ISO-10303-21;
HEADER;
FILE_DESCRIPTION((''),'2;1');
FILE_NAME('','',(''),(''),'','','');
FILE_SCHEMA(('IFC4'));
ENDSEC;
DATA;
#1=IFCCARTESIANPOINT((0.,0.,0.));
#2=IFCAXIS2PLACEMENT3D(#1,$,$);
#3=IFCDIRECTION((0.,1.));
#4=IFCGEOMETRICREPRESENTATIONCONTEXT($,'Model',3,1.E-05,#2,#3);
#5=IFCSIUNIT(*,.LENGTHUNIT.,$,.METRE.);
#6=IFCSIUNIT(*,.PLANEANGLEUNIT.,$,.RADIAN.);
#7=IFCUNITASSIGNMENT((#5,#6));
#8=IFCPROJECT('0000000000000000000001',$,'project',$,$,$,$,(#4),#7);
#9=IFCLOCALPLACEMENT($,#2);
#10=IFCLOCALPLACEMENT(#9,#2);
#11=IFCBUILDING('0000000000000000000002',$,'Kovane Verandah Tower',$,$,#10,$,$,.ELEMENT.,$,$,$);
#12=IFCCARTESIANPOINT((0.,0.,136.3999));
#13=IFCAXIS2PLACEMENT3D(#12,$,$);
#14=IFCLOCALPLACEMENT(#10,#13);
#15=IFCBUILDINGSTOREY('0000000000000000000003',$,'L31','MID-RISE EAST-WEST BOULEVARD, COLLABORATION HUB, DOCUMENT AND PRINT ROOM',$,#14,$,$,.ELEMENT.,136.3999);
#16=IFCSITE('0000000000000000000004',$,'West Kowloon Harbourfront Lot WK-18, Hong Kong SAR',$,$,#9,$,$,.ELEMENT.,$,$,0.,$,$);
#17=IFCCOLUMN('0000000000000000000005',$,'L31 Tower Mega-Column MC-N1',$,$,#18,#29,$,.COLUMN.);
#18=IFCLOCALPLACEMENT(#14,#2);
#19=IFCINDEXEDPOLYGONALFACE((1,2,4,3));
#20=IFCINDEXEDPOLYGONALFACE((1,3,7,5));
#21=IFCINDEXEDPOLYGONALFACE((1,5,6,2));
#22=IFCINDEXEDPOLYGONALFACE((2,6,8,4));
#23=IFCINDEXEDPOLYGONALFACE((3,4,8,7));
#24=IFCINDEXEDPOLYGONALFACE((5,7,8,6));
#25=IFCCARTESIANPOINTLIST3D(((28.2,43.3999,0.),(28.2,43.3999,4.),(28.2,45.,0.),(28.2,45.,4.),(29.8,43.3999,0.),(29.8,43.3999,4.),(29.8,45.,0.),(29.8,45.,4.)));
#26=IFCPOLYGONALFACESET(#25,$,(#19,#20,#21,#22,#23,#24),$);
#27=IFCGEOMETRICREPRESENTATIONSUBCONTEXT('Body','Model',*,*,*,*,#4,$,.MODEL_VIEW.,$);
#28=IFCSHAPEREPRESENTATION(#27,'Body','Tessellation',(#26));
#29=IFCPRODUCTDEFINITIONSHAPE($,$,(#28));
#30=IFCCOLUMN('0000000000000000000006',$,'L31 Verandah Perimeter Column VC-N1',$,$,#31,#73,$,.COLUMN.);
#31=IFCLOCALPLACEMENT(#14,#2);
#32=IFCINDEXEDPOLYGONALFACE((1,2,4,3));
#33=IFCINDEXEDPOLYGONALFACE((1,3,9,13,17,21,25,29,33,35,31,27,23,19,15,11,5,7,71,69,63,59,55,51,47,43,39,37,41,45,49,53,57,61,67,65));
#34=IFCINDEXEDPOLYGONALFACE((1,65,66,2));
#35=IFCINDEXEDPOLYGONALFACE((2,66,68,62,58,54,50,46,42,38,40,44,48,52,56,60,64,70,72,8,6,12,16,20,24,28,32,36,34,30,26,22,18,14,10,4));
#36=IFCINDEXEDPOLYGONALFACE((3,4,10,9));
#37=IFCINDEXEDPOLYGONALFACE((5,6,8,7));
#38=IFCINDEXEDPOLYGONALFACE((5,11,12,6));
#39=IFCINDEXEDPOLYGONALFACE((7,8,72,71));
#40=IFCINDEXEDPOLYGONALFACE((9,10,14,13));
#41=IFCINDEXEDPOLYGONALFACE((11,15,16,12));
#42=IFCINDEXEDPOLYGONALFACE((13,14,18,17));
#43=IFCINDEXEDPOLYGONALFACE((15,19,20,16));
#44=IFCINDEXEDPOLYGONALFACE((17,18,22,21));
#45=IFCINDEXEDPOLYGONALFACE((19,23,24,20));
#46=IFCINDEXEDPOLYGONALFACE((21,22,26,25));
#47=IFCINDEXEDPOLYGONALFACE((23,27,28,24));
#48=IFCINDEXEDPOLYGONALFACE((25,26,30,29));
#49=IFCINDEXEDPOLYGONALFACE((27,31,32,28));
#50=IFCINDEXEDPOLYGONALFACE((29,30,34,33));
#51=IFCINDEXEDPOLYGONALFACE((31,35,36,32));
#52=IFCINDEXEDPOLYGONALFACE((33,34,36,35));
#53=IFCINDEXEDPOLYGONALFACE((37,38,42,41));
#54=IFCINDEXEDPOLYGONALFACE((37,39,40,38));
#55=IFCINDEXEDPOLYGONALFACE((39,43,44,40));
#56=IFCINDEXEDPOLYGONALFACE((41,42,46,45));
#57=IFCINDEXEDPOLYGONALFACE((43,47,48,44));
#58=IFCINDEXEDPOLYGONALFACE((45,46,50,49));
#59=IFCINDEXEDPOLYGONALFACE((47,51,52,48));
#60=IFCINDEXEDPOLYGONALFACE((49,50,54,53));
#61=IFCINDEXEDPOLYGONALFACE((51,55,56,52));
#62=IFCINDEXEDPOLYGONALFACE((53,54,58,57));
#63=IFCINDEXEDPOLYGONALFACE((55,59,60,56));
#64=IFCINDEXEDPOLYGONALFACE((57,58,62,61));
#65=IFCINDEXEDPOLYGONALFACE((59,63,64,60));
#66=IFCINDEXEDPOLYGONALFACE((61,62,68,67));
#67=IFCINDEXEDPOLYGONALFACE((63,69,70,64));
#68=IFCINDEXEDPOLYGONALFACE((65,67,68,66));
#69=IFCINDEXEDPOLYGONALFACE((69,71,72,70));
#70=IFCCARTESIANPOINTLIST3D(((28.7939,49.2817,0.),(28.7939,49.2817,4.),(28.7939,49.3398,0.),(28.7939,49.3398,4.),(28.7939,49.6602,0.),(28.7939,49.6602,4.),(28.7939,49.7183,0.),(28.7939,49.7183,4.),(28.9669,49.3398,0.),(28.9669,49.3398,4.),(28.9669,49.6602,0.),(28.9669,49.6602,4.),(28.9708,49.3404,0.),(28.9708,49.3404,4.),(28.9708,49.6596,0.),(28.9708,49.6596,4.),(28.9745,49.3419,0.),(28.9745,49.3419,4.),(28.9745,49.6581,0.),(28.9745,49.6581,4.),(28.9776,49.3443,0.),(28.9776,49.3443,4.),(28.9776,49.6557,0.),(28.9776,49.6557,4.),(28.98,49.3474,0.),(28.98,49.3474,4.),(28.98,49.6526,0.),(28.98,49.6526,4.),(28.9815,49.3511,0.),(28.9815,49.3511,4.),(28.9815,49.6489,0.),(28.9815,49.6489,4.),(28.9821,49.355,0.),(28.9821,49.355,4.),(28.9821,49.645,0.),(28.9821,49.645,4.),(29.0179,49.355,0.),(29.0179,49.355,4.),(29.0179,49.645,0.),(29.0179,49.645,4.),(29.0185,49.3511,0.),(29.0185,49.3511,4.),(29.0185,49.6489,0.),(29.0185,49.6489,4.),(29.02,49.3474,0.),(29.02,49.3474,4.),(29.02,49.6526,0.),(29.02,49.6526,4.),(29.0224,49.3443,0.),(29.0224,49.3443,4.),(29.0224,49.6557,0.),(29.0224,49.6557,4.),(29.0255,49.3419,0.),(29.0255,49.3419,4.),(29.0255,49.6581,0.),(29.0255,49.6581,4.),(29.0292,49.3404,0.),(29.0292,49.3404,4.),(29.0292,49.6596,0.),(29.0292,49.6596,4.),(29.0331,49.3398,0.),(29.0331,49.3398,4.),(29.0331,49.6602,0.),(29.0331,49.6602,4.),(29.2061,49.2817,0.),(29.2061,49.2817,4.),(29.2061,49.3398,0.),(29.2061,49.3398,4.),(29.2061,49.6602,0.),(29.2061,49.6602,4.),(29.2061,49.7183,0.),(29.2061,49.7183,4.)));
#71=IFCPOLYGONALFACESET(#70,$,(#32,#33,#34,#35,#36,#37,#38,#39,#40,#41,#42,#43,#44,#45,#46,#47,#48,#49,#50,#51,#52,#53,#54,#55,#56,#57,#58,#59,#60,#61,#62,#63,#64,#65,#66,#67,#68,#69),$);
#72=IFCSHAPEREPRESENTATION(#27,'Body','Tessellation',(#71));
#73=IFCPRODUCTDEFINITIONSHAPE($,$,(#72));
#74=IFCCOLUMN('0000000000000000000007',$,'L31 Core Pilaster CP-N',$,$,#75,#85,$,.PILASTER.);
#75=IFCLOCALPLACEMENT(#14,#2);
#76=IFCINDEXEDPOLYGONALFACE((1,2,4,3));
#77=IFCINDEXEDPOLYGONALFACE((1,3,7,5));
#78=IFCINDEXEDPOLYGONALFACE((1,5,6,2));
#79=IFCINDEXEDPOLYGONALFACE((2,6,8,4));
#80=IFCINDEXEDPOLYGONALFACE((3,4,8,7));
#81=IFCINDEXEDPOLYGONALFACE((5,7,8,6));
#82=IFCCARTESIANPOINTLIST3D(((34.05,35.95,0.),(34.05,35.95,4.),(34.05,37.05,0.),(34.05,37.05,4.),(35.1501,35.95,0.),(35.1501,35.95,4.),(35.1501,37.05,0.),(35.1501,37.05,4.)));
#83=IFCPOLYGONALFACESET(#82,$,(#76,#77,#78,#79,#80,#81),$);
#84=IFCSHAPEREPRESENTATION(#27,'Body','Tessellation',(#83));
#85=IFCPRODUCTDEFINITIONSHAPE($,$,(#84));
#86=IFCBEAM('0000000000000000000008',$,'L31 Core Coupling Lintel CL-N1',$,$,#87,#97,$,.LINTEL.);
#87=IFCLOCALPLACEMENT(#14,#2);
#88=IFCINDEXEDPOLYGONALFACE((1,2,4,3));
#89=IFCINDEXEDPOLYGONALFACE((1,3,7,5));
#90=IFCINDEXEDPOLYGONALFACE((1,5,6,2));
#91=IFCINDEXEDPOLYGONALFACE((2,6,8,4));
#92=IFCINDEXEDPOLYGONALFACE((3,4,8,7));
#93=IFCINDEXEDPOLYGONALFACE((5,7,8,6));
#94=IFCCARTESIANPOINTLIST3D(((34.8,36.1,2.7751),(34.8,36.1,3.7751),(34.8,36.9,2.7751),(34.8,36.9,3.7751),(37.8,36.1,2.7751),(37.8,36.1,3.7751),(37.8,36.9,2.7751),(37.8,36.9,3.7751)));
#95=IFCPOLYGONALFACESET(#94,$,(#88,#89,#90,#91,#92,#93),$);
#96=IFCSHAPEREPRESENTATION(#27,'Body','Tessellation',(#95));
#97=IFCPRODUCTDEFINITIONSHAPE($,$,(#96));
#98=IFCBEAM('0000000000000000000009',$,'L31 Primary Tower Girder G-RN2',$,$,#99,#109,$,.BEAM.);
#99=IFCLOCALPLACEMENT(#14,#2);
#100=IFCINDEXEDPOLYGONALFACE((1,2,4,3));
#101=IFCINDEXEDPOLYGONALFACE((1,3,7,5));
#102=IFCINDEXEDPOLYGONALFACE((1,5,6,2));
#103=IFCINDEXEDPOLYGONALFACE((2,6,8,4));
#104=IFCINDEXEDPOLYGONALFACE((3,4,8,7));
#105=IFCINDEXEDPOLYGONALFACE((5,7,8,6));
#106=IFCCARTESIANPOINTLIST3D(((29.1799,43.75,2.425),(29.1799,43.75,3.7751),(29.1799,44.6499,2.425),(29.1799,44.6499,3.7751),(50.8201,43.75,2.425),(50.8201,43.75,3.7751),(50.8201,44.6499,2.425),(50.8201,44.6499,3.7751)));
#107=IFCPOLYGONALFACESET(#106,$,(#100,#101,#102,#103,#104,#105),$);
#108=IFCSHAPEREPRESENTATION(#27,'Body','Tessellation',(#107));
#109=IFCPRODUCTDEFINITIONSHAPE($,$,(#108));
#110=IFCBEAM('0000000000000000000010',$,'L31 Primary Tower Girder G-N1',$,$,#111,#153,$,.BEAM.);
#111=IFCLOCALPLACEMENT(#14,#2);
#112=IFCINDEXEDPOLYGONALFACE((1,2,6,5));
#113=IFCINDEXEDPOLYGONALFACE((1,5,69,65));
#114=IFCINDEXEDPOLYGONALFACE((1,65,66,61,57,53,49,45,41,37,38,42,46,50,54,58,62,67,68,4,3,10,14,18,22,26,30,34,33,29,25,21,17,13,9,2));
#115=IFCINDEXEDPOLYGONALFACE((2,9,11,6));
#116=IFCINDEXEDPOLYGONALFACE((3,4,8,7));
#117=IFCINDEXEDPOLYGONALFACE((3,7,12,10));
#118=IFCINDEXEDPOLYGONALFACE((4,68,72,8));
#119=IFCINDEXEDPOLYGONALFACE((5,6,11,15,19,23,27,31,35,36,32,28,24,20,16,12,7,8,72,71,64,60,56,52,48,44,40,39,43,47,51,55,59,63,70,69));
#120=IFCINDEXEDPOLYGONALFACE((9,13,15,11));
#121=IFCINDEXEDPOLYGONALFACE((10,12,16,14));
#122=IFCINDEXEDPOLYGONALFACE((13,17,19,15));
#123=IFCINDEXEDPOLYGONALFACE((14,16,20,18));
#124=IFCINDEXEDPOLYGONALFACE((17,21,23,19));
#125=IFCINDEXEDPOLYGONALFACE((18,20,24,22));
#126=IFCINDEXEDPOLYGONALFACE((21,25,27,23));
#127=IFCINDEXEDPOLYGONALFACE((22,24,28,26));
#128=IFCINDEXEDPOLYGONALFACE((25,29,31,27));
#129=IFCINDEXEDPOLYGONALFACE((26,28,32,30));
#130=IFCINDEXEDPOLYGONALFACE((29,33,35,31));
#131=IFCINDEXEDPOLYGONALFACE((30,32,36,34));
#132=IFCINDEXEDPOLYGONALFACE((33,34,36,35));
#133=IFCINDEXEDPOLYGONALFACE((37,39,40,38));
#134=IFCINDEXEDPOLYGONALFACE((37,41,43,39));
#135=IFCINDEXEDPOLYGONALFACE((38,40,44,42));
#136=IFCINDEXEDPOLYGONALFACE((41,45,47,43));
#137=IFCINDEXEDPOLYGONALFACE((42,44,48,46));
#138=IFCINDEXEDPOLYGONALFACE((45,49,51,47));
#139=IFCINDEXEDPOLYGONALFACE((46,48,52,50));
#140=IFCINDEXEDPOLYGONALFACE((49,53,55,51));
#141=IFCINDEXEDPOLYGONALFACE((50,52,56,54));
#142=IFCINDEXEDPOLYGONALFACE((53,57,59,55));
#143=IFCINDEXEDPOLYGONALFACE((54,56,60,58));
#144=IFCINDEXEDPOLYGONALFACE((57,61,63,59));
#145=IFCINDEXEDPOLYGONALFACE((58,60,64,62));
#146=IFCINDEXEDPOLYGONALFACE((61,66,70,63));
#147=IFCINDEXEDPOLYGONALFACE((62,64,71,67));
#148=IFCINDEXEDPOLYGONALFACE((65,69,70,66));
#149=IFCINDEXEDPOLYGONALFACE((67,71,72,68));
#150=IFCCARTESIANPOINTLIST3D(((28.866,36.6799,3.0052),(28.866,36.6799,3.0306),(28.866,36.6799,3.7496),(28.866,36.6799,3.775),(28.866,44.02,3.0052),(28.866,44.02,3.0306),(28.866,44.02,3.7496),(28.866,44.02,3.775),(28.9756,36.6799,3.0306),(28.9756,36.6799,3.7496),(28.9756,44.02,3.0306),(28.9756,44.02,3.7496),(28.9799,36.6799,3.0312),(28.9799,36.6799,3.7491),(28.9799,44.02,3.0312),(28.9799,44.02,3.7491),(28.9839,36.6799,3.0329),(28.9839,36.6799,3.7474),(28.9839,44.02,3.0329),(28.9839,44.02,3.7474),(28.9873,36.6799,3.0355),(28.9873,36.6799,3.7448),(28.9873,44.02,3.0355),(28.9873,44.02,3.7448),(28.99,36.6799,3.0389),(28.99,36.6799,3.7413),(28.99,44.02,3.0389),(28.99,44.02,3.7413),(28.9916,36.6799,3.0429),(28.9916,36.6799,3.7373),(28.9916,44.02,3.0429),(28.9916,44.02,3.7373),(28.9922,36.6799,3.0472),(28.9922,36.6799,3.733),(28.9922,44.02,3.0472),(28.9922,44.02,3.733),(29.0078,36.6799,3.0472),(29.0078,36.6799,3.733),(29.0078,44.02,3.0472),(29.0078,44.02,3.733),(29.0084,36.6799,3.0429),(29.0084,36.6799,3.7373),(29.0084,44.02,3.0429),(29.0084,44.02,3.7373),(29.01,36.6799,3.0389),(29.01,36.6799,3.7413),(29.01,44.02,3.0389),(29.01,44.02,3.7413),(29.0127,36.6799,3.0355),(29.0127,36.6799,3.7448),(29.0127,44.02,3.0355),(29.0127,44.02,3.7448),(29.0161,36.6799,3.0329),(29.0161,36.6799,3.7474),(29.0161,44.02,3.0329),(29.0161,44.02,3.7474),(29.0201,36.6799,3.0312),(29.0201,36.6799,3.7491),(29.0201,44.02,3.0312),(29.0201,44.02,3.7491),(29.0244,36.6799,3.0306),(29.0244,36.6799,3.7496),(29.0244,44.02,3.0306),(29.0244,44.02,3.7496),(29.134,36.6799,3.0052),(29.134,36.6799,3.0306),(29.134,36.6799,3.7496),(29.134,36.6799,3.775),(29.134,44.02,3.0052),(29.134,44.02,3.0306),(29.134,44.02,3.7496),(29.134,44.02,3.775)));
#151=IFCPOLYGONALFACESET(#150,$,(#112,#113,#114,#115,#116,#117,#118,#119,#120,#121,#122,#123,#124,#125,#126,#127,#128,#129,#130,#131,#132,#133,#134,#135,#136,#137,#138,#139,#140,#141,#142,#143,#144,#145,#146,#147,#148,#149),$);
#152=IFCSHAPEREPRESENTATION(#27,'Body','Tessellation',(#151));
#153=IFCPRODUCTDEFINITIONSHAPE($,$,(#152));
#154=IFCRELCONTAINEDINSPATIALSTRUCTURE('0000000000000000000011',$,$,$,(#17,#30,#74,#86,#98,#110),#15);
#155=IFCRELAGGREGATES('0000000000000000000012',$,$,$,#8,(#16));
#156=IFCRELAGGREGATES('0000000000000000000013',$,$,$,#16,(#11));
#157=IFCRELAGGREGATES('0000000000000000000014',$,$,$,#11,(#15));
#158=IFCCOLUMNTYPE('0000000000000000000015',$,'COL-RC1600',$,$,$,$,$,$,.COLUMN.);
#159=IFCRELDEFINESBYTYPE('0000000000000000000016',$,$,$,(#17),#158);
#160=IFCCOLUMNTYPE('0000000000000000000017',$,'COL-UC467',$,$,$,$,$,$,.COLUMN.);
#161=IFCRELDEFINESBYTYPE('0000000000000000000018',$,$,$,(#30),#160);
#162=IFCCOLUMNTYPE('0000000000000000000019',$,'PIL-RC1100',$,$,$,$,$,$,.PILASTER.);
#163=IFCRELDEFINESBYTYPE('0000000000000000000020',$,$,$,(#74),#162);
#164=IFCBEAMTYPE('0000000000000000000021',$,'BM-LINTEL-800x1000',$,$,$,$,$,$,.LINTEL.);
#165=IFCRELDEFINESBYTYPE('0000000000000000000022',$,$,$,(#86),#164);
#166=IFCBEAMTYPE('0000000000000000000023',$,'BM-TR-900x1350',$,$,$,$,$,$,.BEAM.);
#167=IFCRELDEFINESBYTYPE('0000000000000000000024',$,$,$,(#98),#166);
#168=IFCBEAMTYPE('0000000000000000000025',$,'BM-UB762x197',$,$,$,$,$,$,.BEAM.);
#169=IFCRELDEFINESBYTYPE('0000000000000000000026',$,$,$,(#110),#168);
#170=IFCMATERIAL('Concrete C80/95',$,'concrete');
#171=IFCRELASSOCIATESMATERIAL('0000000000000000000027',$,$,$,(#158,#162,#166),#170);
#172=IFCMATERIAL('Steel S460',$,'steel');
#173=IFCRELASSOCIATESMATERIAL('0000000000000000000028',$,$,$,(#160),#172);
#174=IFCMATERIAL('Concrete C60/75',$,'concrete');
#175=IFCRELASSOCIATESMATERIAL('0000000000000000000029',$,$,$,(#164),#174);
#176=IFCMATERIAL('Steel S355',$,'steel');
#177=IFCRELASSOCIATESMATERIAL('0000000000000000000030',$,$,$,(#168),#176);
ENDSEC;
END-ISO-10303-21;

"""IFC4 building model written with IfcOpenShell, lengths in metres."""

from ifc_helpers import new_model, si_unit, direction, frame, origin, origin_2d, place, context, subcontext, project, spatial, rectangle, i_section, extrude, material, material_profile, profile_set, type_object, element, save


model = new_model("IFC4")

# Units and contexts
model_context = context("Model", 3, precision=1e-05, world=origin(), true_north=direction((0.0, 1.0)))
body_context = subcontext(model_context, "Body", "Model", "MODEL_VIEW")
ifc_project = project(units=[si_unit("LENGTHUNIT", "METRE"), si_unit("PLANEANGLEUNIT", "RADIAN")], contexts=[model_context])

# Site, building, storey
site_placement = place(None, origin())
site = spatial("IfcSite", under=ifc_project, at=site_placement, Name="West Kowloon Harbourfront Lot WK-18, Hong Kong SAR", CompositionType="ELEMENT", RefElevation=0.0)
building_placement = place(site_placement, origin())
building = spatial("IfcBuilding", under=site, at=building_placement, Name="Kovane Verandah Tower", CompositionType="ELEMENT")
storey_placement = place(building_placement, frame((0.0, 0.0, 136.3999)))
storey = spatial("IfcBuildingStorey", under=building, at=storey_placement, Name="L31", Description="MID-RISE EAST-WEST BOULEVARD, COLLABORATION HUB, DOCUMENT AND PRINT ROOM", CompositionType="ELEMENT", Elevation=136.3999)

# Columns
ifc_material_1 = material(Name="Concrete C80/95", Category="concrete")
ifc_material_profile_1 = material_profile(ifc_material_1, rectangle(XDim=1.6001, YDim=1.6001, at=origin_2d()), Name="RC1600x1600")
ifc_profile_set_1 = profile_set([ifc_material_profile_1], Name="Concrete C80/95")
column_type_1 = type_object("IfcColumnType", Name="COL-RC1600", PredefinedType="COLUMN", material=ifc_profile_set_1)
column_1_placement = place(storey_placement, frame((29.0, 44.2, 0.0), z_axis=(0.0, 0.0, 1.0), x_axis=(1.0, 0.0, 0.0)))
element("IfcColumn", 1, at=column_1_placement, inside=storey, type_object=column_type_1, Name="L31 Tower Mega-Column MC-N1", PredefinedType="COLUMN", context=body_context, shape_type="SweptSolid", body=[
    extrude(rectangle(XDim=1.6001, YDim=1.6001, at=origin_2d()), origin(), (0.0, 0.0, 1.0), 4.0),
])
ifc_material_2 = material(Name="Steel S460", Category="steel")
ifc_material_profile_2 = material_profile(ifc_material_2, i_section(OverallWidth=0.4121, OverallDepth=0.4365, WebThickness=0.0359, FlangeThickness=0.0581, FilletRadius=0.0151, at=origin_2d()), Name="UC356x406x467")
ifc_profile_set_2 = profile_set([ifc_material_profile_2], Name="Steel S460")
column_type_2 = type_object("IfcColumnType", Name="COL-UC467", PredefinedType="COLUMN", material=ifc_profile_set_2)
column_2_placement = place(storey_placement, frame((29.0, 49.5, 0.0), z_axis=(0.0, 0.0, 1.0), x_axis=(1.0, 0.0, 0.0)))
element("IfcColumn", 2, at=column_2_placement, inside=storey, type_object=column_type_2, Name="L31 Verandah Perimeter Column VC-N1", PredefinedType="COLUMN", context=body_context, shape_type="SweptSolid", body=[
    extrude(i_section(OverallWidth=0.4121, OverallDepth=0.4365, WebThickness=0.0359, FlangeThickness=0.0581, FilletRadius=0.0151, at=origin_2d()), origin(), (0.0, 0.0, 1.0), 4.0),
])
ifc_material_profile_3 = material_profile(ifc_material_1, rectangle(XDim=1.1001, YDim=1.1001, at=origin_2d()), Name="RC1100x1100")
ifc_profile_set_3 = profile_set([ifc_material_profile_3], Name="Concrete C80/95")
column_type_3 = type_object("IfcColumnType", Name="PIL-RC1100", PredefinedType="PILASTER", material=ifc_profile_set_3)
column_3_placement = place(storey_placement, frame((34.6001, 36.5, 0.0), z_axis=(0.0, 0.0, 1.0), x_axis=(1.0, 0.0, 0.0)))
element("IfcColumn", 3, at=column_3_placement, inside=storey, type_object=column_type_3, Name="L31 Core Pilaster CP-N", PredefinedType="PILASTER", context=body_context, shape_type="SweptSolid", body=[
    extrude(rectangle(XDim=1.1001, YDim=1.1001, at=origin_2d()), origin(), (0.0, 0.0, 1.0), 4.0),
])

# Beams
ifc_material_3 = material(Name="Concrete C60/75", Category="concrete")
ifc_material_profile_4 = material_profile(ifc_material_3, rectangle(XDim=0.8, YDim=1.0, at=origin_2d()), Name="RCB800x1000")
ifc_profile_set_4 = profile_set([ifc_material_profile_4], Name="Concrete C60/75")
beam_type_1 = type_object("IfcBeamType", Name="BM-LINTEL-800x1000", PredefinedType="LINTEL", material=ifc_profile_set_4)
beam_1_placement = place(storey_placement, frame((34.8, 36.5, 3.2751), z_axis=(1.0, 0.0, 0.0), x_axis=(0.0, 1.0, 0.0)))
element("IfcBeam", 4, at=beam_1_placement, inside=storey, type_object=beam_type_1, Name="L31 Core Coupling Lintel CL-N1", PredefinedType="LINTEL", context=body_context, shape_type="SweptSolid", body=[
    extrude(rectangle(XDim=0.8, YDim=1.0, at=origin_2d()), origin(), (0.0, 0.0, 1.0), 3.0),
])
ifc_material_profile_5 = material_profile(ifc_material_1, rectangle(XDim=0.8999, YDim=1.3501, at=origin_2d()), Name="RCB900x1350")
ifc_profile_set_5 = profile_set([ifc_material_profile_5], Name="Concrete C80/95")
beam_type_2 = type_object("IfcBeamType", Name="BM-TR-900x1350", PredefinedType="BEAM", material=ifc_profile_set_5)
beam_2_placement = place(storey_placement, frame((29.1799, 44.2, 3.1001), z_axis=(1.0, 0.0, 0.0), x_axis=(0.0, 1.0, 0.0)))
element("IfcBeam", 5, at=beam_2_placement, inside=storey, type_object=beam_type_2, Name="L31 Primary Tower Girder G-RN2", PredefinedType="BEAM", context=body_context, shape_type="SweptSolid", body=[
    extrude(rectangle(XDim=0.8999, YDim=1.3501, at=origin_2d()), origin(), (0.0, 0.0, 1.0), 21.6401),
])
ifc_material_4 = material(Name="Steel S355", Category="steel")
ifc_material_profile_6 = material_profile(ifc_material_4, i_section(OverallWidth=0.2681, OverallDepth=0.7698, WebThickness=0.0156, FlangeThickness=0.0254, FilletRadius=0.0166, at=origin_2d()), Name="UB762x267x197")
ifc_profile_set_6 = profile_set([ifc_material_profile_6], Name="Steel S355")
beam_type_3 = type_object("IfcBeamType", Name="BM-UB762x197", PredefinedType="BEAM", material=ifc_profile_set_6)
beam_3_placement = place(storey_placement, frame((29.0, 36.6799, 3.3901), z_axis=(0.0, 1.0, 0.0), x_axis=(-1.0, 0.0, 0.0)))
element("IfcBeam", 6, at=beam_3_placement, inside=storey, type_object=beam_type_3, Name="L31 Primary Tower Girder G-N1", PredefinedType="BEAM", context=body_context, shape_type="SweptSolid", body=[
    extrude(i_section(OverallWidth=0.2681, OverallDepth=0.7698, WebThickness=0.0156, FlangeThickness=0.0254, FilletRadius=0.0166, at=origin_2d()), origin(), (0.0, 0.0, 1.0), 7.3401),
])

save(model, "model.ifc")
